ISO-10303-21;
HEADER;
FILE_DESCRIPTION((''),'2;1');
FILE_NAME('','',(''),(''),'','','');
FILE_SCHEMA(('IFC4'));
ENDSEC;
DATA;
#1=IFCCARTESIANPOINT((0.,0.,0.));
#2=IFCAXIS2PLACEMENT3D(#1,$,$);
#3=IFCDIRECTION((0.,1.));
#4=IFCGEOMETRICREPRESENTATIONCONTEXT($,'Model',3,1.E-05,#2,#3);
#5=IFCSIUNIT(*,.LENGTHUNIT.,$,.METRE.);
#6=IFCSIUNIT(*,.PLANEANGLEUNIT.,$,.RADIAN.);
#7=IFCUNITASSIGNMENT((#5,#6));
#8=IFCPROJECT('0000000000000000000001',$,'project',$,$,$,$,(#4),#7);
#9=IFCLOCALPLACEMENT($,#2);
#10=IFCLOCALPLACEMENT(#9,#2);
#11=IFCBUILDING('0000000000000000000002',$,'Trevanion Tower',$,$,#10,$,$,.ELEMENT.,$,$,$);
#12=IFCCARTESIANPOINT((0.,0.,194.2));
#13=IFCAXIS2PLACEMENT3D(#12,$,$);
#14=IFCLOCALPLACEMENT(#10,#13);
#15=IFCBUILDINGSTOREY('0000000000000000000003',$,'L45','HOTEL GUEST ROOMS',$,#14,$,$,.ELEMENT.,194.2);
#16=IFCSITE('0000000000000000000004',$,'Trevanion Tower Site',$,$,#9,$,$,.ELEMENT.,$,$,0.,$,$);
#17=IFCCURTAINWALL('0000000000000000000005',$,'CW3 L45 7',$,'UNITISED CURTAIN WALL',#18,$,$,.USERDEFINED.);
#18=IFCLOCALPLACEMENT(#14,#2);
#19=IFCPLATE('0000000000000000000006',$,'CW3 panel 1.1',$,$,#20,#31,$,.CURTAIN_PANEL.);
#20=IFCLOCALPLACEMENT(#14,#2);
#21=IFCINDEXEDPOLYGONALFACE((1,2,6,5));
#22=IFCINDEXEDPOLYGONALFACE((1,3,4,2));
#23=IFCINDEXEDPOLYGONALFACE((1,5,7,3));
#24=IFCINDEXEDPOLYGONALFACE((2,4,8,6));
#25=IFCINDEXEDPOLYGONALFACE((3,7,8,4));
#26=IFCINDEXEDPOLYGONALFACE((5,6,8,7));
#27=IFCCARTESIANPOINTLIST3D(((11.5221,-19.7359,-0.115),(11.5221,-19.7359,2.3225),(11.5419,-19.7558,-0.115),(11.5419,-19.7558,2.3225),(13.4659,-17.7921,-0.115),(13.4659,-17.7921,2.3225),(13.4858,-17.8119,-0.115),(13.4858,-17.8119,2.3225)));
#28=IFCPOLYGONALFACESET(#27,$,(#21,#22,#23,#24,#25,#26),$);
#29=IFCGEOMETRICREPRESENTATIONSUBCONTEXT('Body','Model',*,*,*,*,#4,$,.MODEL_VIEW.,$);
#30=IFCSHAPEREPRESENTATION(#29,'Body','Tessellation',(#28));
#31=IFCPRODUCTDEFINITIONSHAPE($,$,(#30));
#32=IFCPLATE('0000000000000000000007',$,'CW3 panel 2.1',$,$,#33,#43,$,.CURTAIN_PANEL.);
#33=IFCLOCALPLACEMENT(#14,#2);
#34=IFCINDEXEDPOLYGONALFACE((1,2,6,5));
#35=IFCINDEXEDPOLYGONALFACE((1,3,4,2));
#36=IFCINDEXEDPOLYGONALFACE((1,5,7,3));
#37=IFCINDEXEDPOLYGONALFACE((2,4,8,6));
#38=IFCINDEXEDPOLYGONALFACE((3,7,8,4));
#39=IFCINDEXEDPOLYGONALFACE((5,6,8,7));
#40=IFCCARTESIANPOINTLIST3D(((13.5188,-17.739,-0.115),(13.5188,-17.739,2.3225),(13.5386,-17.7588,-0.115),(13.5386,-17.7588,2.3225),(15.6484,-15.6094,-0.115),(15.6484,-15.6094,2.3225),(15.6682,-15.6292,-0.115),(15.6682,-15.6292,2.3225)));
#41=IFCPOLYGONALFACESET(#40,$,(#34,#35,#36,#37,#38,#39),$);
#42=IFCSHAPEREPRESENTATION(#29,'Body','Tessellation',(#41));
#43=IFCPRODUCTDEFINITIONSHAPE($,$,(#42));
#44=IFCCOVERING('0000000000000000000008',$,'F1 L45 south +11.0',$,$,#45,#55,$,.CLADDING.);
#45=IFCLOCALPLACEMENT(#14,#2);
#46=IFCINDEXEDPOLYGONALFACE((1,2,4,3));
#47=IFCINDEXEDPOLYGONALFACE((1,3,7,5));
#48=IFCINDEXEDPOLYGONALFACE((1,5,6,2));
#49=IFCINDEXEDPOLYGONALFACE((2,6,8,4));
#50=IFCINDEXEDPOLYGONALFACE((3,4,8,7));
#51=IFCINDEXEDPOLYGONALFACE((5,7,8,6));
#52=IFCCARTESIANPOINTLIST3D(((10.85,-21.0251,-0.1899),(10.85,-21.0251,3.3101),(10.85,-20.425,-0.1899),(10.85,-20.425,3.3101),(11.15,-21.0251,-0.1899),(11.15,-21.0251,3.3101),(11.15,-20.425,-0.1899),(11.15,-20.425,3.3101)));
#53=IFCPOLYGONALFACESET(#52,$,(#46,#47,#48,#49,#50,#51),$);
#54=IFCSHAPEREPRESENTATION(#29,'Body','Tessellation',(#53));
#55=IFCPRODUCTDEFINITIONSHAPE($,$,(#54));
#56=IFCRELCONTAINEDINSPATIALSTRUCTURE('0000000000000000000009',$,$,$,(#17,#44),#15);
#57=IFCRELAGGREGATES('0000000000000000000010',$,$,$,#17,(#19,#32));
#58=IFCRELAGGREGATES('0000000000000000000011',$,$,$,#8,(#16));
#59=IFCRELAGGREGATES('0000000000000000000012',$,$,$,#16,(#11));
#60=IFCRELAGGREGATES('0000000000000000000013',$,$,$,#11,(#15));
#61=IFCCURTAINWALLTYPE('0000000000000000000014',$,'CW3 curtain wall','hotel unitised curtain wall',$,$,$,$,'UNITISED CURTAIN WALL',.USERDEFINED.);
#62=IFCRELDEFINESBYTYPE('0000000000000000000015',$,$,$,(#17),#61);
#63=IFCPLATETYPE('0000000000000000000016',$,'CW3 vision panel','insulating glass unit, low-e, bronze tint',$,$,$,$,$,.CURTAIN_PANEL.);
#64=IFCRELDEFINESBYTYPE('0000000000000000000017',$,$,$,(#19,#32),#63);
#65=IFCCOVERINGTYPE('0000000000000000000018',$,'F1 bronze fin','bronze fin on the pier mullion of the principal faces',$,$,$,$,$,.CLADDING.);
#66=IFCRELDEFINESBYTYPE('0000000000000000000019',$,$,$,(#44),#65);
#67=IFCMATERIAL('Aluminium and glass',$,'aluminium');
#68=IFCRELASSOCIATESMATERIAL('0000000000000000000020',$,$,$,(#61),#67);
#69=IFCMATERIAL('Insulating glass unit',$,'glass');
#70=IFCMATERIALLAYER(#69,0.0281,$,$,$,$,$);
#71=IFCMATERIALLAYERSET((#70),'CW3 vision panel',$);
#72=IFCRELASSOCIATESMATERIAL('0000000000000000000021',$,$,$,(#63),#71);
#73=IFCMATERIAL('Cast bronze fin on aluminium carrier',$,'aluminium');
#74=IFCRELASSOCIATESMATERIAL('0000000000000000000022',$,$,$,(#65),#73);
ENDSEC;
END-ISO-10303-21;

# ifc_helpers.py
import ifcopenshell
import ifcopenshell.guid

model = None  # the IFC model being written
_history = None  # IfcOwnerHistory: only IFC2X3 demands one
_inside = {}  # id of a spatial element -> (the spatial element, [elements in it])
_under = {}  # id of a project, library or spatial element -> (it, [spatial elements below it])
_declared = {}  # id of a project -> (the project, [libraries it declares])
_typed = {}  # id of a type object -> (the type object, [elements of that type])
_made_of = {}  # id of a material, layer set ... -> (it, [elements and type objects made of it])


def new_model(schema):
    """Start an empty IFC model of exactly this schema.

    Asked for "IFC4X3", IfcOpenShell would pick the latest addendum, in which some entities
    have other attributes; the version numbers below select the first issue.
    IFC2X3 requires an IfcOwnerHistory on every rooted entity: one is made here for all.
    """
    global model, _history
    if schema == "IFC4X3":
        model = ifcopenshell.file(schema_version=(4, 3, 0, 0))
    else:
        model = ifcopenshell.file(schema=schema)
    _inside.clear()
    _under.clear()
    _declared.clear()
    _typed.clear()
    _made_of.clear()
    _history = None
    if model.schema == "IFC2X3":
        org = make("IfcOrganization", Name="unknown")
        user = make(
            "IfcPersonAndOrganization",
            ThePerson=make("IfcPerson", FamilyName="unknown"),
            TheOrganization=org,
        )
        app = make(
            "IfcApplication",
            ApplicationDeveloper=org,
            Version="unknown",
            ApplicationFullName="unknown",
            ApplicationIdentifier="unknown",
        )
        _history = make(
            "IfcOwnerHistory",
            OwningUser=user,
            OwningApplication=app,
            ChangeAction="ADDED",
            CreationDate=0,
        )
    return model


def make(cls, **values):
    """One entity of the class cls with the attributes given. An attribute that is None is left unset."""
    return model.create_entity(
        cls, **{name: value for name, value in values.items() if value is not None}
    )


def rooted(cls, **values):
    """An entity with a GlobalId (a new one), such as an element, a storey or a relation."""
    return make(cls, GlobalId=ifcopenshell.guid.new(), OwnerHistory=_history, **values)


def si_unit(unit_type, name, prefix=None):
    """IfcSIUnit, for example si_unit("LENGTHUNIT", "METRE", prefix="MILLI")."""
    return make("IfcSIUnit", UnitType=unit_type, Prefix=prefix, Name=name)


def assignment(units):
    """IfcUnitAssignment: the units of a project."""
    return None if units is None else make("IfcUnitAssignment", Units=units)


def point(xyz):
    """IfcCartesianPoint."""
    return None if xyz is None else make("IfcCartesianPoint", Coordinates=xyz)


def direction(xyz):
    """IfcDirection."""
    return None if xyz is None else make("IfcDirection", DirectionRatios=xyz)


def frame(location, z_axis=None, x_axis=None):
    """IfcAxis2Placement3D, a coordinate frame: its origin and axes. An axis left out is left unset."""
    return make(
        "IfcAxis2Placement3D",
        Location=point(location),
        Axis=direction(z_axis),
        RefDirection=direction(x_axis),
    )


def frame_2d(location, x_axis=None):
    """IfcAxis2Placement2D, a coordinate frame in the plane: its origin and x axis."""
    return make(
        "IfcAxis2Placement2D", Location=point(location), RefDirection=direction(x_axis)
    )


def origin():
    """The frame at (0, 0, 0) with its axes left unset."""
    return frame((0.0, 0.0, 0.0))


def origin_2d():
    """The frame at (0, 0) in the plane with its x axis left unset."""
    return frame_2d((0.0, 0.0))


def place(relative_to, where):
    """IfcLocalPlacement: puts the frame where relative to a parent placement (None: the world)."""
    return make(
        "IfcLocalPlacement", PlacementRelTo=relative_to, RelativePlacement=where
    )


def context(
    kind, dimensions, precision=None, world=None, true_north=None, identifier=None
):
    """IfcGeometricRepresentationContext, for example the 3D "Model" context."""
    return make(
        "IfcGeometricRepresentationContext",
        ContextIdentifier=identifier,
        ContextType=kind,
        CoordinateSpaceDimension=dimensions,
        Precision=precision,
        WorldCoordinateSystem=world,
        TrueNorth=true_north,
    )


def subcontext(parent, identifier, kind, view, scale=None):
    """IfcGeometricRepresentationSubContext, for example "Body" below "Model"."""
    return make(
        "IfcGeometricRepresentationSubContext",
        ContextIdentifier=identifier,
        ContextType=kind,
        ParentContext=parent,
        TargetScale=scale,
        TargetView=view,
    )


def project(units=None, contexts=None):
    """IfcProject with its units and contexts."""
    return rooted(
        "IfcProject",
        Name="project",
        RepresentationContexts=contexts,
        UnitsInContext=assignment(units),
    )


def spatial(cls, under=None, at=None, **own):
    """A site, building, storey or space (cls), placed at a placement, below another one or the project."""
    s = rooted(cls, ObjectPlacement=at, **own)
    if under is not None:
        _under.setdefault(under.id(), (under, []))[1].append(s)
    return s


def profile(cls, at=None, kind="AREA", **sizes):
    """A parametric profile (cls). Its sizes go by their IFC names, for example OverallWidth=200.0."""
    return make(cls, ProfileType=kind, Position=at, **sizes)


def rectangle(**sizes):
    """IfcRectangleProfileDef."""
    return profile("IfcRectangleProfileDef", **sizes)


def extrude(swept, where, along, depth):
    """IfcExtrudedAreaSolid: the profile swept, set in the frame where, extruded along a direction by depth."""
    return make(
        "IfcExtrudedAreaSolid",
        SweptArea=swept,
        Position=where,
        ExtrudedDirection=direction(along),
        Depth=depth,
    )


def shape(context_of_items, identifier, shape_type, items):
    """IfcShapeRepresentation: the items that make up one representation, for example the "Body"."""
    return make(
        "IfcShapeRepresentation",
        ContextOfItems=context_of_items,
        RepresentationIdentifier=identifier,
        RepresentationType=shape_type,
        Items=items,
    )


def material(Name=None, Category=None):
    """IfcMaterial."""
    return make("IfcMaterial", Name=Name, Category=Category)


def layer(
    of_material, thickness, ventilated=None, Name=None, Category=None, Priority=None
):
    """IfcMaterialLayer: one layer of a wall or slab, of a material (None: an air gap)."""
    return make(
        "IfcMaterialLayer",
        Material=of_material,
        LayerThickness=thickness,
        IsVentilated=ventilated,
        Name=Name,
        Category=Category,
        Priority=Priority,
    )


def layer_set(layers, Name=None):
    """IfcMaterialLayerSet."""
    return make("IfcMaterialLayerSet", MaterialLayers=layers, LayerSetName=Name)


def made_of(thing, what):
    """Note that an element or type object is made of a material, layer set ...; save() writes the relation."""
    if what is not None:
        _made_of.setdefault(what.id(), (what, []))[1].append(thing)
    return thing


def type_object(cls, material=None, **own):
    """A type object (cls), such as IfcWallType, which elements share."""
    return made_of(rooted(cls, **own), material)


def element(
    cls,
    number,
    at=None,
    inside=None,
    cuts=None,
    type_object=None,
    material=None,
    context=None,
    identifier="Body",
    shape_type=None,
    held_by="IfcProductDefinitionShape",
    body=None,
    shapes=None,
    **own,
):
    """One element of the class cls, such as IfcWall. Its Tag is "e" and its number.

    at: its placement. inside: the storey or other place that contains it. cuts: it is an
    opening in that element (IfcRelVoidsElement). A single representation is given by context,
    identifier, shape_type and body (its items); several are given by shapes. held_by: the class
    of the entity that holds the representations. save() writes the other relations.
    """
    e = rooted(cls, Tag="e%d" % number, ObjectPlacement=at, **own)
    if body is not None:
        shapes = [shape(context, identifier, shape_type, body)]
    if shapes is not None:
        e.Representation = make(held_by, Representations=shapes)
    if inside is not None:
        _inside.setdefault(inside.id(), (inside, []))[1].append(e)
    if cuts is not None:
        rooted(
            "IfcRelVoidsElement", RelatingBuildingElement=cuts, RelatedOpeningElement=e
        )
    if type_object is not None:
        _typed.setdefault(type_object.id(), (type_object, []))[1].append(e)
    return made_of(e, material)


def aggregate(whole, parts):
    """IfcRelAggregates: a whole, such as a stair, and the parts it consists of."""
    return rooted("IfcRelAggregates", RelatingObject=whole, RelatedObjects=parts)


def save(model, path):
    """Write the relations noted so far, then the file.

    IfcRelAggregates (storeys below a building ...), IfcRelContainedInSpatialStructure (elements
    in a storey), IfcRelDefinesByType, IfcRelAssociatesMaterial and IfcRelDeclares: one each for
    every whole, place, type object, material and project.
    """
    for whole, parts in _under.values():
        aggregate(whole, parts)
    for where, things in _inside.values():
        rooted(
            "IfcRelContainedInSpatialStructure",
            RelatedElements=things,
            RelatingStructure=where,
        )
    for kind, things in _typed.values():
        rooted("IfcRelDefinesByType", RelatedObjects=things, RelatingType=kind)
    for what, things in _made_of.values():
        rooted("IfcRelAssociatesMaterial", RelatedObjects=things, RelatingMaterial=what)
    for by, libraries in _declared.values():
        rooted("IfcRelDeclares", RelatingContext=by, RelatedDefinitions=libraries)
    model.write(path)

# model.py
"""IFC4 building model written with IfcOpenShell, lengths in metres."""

from ifc_helpers import new_model, si_unit, direction, frame, origin, origin_2d, place, context, subcontext, project, spatial, rectangle, extrude, material, layer, layer_set, type_object, element, aggregate, save


model = new_model("IFC4")

# Units and contexts
model_context = context("Model", 3, precision=1e-05, world=origin(), true_north=direction((0.0, 1.0)))
body_context = subcontext(model_context, "Body", "Model", "MODEL_VIEW")
ifc_project = project(units=[si_unit("LENGTHUNIT", "METRE"), si_unit("PLANEANGLEUNIT", "RADIAN")], contexts=[model_context])

# Site, building, storey
site_placement = place(None, origin())
site = spatial("IfcSite", under=ifc_project, at=site_placement, Name="Trevanion Tower Site", CompositionType="ELEMENT", RefElevation=0.0)
building_placement = place(site_placement, origin())
building = spatial("IfcBuilding", under=site, at=building_placement, Name="Trevanion Tower", CompositionType="ELEMENT")
storey_placement = place(building_placement, frame((0.0, 0.0, 194.2)))
storey = spatial("IfcBuildingStorey", under=building, at=storey_placement, Name="L45", Description="HOTEL GUEST ROOMS", CompositionType="ELEMENT", Elevation=194.2)

# Curtain wall
ifc_material_1 = material(Name="Aluminium and glass", Category="aluminium")
curtain_wall_type = type_object("IfcCurtainWallType", Name="CW3 curtain wall", Description="hotel unitised curtain wall", ElementType="UNITISED CURTAIN WALL", PredefinedType="USERDEFINED", material=ifc_material_1)
curtain_wall_1_placement = place(storey_placement, origin())
curtain_wall_1 = element("IfcCurtainWall", 1, at=curtain_wall_1_placement, inside=storey, type_object=curtain_wall_type, Name="CW3 L45 7", ObjectType="UNITISED CURTAIN WALL", PredefinedType="USERDEFINED")

# Plates
ifc_material_2 = material(Name="Insulating glass unit", Category="glass")
ifc_layer_1 = layer(ifc_material_2, 0.0281)
ifc_layer_set_1 = layer_set([ifc_layer_1], Name="CW3 vision panel")
plate_type_1 = type_object("IfcPlateType", Name="CW3 vision panel", Description="insulating glass unit, low-e, bronze tint", PredefinedType="CURTAIN_PANEL", material=ifc_layer_set_1)
plate_1_placement = place(storey_placement, frame((12.5039, -18.7739, -0.115), z_axis=(0.0, 0.0, 1.0), x_axis=(0.707107, 0.707107, 0.0)))
plate_1 = element("IfcPlate", 2, at=plate_1_placement, type_object=plate_type_1, Name="CW3 panel 1.1", PredefinedType="CURTAIN_PANEL", context=body_context, shape_type="SweptSolid", body=[
    extrude(rectangle(XDim=2.749, YDim=0.0281, at=origin_2d()), origin(), (0.0, 0.0, 1.0), 2.4375),
])
plate_2_placement = place(storey_placement, frame((14.5935, -16.6841, -0.115), z_axis=(0.0, 0.0, 1.0), x_axis=(0.707107, 0.707107, 0.0)))
plate_2 = element("IfcPlate", 3, at=plate_2_placement, type_object=plate_type_1, Name="CW3 panel 2.1", PredefinedType="CURTAIN_PANEL", context=body_context, shape_type="SweptSolid", body=[
    extrude(rectangle(XDim=3.0117, YDim=0.0281, at=origin_2d()), origin(), (0.0, 0.0, 1.0), 2.4375),
])
aggregate(curtain_wall_1, [plate_1, plate_2])

# Covering
ifc_material_3 = material(Name="Cast bronze fin on aluminium carrier", Category="aluminium")
covering_type = type_object("IfcCoveringType", Name="F1 bronze fin", Description="bronze fin on the pier mullion of the principal faces", PredefinedType="CLADDING", material=ifc_material_3)
covering_placement = place(storey_placement, frame((11.0, -20.7251, -0.1899), z_axis=(0.0, 0.0, 1.0), x_axis=(1.0, 0.0, 0.0)))
element("IfcCovering", 4, at=covering_placement, inside=storey, type_object=covering_type, Name="F1 L45 south +11.0", PredefinedType="CLADDING", context=body_context, shape_type="SweptSolid", body=[
    extrude(rectangle(XDim=0.3, YDim=0.6001, at=origin_2d()), origin(), (0.0, 0.0, 1.0), 3.5),
])

save(model, "model.ifc")
